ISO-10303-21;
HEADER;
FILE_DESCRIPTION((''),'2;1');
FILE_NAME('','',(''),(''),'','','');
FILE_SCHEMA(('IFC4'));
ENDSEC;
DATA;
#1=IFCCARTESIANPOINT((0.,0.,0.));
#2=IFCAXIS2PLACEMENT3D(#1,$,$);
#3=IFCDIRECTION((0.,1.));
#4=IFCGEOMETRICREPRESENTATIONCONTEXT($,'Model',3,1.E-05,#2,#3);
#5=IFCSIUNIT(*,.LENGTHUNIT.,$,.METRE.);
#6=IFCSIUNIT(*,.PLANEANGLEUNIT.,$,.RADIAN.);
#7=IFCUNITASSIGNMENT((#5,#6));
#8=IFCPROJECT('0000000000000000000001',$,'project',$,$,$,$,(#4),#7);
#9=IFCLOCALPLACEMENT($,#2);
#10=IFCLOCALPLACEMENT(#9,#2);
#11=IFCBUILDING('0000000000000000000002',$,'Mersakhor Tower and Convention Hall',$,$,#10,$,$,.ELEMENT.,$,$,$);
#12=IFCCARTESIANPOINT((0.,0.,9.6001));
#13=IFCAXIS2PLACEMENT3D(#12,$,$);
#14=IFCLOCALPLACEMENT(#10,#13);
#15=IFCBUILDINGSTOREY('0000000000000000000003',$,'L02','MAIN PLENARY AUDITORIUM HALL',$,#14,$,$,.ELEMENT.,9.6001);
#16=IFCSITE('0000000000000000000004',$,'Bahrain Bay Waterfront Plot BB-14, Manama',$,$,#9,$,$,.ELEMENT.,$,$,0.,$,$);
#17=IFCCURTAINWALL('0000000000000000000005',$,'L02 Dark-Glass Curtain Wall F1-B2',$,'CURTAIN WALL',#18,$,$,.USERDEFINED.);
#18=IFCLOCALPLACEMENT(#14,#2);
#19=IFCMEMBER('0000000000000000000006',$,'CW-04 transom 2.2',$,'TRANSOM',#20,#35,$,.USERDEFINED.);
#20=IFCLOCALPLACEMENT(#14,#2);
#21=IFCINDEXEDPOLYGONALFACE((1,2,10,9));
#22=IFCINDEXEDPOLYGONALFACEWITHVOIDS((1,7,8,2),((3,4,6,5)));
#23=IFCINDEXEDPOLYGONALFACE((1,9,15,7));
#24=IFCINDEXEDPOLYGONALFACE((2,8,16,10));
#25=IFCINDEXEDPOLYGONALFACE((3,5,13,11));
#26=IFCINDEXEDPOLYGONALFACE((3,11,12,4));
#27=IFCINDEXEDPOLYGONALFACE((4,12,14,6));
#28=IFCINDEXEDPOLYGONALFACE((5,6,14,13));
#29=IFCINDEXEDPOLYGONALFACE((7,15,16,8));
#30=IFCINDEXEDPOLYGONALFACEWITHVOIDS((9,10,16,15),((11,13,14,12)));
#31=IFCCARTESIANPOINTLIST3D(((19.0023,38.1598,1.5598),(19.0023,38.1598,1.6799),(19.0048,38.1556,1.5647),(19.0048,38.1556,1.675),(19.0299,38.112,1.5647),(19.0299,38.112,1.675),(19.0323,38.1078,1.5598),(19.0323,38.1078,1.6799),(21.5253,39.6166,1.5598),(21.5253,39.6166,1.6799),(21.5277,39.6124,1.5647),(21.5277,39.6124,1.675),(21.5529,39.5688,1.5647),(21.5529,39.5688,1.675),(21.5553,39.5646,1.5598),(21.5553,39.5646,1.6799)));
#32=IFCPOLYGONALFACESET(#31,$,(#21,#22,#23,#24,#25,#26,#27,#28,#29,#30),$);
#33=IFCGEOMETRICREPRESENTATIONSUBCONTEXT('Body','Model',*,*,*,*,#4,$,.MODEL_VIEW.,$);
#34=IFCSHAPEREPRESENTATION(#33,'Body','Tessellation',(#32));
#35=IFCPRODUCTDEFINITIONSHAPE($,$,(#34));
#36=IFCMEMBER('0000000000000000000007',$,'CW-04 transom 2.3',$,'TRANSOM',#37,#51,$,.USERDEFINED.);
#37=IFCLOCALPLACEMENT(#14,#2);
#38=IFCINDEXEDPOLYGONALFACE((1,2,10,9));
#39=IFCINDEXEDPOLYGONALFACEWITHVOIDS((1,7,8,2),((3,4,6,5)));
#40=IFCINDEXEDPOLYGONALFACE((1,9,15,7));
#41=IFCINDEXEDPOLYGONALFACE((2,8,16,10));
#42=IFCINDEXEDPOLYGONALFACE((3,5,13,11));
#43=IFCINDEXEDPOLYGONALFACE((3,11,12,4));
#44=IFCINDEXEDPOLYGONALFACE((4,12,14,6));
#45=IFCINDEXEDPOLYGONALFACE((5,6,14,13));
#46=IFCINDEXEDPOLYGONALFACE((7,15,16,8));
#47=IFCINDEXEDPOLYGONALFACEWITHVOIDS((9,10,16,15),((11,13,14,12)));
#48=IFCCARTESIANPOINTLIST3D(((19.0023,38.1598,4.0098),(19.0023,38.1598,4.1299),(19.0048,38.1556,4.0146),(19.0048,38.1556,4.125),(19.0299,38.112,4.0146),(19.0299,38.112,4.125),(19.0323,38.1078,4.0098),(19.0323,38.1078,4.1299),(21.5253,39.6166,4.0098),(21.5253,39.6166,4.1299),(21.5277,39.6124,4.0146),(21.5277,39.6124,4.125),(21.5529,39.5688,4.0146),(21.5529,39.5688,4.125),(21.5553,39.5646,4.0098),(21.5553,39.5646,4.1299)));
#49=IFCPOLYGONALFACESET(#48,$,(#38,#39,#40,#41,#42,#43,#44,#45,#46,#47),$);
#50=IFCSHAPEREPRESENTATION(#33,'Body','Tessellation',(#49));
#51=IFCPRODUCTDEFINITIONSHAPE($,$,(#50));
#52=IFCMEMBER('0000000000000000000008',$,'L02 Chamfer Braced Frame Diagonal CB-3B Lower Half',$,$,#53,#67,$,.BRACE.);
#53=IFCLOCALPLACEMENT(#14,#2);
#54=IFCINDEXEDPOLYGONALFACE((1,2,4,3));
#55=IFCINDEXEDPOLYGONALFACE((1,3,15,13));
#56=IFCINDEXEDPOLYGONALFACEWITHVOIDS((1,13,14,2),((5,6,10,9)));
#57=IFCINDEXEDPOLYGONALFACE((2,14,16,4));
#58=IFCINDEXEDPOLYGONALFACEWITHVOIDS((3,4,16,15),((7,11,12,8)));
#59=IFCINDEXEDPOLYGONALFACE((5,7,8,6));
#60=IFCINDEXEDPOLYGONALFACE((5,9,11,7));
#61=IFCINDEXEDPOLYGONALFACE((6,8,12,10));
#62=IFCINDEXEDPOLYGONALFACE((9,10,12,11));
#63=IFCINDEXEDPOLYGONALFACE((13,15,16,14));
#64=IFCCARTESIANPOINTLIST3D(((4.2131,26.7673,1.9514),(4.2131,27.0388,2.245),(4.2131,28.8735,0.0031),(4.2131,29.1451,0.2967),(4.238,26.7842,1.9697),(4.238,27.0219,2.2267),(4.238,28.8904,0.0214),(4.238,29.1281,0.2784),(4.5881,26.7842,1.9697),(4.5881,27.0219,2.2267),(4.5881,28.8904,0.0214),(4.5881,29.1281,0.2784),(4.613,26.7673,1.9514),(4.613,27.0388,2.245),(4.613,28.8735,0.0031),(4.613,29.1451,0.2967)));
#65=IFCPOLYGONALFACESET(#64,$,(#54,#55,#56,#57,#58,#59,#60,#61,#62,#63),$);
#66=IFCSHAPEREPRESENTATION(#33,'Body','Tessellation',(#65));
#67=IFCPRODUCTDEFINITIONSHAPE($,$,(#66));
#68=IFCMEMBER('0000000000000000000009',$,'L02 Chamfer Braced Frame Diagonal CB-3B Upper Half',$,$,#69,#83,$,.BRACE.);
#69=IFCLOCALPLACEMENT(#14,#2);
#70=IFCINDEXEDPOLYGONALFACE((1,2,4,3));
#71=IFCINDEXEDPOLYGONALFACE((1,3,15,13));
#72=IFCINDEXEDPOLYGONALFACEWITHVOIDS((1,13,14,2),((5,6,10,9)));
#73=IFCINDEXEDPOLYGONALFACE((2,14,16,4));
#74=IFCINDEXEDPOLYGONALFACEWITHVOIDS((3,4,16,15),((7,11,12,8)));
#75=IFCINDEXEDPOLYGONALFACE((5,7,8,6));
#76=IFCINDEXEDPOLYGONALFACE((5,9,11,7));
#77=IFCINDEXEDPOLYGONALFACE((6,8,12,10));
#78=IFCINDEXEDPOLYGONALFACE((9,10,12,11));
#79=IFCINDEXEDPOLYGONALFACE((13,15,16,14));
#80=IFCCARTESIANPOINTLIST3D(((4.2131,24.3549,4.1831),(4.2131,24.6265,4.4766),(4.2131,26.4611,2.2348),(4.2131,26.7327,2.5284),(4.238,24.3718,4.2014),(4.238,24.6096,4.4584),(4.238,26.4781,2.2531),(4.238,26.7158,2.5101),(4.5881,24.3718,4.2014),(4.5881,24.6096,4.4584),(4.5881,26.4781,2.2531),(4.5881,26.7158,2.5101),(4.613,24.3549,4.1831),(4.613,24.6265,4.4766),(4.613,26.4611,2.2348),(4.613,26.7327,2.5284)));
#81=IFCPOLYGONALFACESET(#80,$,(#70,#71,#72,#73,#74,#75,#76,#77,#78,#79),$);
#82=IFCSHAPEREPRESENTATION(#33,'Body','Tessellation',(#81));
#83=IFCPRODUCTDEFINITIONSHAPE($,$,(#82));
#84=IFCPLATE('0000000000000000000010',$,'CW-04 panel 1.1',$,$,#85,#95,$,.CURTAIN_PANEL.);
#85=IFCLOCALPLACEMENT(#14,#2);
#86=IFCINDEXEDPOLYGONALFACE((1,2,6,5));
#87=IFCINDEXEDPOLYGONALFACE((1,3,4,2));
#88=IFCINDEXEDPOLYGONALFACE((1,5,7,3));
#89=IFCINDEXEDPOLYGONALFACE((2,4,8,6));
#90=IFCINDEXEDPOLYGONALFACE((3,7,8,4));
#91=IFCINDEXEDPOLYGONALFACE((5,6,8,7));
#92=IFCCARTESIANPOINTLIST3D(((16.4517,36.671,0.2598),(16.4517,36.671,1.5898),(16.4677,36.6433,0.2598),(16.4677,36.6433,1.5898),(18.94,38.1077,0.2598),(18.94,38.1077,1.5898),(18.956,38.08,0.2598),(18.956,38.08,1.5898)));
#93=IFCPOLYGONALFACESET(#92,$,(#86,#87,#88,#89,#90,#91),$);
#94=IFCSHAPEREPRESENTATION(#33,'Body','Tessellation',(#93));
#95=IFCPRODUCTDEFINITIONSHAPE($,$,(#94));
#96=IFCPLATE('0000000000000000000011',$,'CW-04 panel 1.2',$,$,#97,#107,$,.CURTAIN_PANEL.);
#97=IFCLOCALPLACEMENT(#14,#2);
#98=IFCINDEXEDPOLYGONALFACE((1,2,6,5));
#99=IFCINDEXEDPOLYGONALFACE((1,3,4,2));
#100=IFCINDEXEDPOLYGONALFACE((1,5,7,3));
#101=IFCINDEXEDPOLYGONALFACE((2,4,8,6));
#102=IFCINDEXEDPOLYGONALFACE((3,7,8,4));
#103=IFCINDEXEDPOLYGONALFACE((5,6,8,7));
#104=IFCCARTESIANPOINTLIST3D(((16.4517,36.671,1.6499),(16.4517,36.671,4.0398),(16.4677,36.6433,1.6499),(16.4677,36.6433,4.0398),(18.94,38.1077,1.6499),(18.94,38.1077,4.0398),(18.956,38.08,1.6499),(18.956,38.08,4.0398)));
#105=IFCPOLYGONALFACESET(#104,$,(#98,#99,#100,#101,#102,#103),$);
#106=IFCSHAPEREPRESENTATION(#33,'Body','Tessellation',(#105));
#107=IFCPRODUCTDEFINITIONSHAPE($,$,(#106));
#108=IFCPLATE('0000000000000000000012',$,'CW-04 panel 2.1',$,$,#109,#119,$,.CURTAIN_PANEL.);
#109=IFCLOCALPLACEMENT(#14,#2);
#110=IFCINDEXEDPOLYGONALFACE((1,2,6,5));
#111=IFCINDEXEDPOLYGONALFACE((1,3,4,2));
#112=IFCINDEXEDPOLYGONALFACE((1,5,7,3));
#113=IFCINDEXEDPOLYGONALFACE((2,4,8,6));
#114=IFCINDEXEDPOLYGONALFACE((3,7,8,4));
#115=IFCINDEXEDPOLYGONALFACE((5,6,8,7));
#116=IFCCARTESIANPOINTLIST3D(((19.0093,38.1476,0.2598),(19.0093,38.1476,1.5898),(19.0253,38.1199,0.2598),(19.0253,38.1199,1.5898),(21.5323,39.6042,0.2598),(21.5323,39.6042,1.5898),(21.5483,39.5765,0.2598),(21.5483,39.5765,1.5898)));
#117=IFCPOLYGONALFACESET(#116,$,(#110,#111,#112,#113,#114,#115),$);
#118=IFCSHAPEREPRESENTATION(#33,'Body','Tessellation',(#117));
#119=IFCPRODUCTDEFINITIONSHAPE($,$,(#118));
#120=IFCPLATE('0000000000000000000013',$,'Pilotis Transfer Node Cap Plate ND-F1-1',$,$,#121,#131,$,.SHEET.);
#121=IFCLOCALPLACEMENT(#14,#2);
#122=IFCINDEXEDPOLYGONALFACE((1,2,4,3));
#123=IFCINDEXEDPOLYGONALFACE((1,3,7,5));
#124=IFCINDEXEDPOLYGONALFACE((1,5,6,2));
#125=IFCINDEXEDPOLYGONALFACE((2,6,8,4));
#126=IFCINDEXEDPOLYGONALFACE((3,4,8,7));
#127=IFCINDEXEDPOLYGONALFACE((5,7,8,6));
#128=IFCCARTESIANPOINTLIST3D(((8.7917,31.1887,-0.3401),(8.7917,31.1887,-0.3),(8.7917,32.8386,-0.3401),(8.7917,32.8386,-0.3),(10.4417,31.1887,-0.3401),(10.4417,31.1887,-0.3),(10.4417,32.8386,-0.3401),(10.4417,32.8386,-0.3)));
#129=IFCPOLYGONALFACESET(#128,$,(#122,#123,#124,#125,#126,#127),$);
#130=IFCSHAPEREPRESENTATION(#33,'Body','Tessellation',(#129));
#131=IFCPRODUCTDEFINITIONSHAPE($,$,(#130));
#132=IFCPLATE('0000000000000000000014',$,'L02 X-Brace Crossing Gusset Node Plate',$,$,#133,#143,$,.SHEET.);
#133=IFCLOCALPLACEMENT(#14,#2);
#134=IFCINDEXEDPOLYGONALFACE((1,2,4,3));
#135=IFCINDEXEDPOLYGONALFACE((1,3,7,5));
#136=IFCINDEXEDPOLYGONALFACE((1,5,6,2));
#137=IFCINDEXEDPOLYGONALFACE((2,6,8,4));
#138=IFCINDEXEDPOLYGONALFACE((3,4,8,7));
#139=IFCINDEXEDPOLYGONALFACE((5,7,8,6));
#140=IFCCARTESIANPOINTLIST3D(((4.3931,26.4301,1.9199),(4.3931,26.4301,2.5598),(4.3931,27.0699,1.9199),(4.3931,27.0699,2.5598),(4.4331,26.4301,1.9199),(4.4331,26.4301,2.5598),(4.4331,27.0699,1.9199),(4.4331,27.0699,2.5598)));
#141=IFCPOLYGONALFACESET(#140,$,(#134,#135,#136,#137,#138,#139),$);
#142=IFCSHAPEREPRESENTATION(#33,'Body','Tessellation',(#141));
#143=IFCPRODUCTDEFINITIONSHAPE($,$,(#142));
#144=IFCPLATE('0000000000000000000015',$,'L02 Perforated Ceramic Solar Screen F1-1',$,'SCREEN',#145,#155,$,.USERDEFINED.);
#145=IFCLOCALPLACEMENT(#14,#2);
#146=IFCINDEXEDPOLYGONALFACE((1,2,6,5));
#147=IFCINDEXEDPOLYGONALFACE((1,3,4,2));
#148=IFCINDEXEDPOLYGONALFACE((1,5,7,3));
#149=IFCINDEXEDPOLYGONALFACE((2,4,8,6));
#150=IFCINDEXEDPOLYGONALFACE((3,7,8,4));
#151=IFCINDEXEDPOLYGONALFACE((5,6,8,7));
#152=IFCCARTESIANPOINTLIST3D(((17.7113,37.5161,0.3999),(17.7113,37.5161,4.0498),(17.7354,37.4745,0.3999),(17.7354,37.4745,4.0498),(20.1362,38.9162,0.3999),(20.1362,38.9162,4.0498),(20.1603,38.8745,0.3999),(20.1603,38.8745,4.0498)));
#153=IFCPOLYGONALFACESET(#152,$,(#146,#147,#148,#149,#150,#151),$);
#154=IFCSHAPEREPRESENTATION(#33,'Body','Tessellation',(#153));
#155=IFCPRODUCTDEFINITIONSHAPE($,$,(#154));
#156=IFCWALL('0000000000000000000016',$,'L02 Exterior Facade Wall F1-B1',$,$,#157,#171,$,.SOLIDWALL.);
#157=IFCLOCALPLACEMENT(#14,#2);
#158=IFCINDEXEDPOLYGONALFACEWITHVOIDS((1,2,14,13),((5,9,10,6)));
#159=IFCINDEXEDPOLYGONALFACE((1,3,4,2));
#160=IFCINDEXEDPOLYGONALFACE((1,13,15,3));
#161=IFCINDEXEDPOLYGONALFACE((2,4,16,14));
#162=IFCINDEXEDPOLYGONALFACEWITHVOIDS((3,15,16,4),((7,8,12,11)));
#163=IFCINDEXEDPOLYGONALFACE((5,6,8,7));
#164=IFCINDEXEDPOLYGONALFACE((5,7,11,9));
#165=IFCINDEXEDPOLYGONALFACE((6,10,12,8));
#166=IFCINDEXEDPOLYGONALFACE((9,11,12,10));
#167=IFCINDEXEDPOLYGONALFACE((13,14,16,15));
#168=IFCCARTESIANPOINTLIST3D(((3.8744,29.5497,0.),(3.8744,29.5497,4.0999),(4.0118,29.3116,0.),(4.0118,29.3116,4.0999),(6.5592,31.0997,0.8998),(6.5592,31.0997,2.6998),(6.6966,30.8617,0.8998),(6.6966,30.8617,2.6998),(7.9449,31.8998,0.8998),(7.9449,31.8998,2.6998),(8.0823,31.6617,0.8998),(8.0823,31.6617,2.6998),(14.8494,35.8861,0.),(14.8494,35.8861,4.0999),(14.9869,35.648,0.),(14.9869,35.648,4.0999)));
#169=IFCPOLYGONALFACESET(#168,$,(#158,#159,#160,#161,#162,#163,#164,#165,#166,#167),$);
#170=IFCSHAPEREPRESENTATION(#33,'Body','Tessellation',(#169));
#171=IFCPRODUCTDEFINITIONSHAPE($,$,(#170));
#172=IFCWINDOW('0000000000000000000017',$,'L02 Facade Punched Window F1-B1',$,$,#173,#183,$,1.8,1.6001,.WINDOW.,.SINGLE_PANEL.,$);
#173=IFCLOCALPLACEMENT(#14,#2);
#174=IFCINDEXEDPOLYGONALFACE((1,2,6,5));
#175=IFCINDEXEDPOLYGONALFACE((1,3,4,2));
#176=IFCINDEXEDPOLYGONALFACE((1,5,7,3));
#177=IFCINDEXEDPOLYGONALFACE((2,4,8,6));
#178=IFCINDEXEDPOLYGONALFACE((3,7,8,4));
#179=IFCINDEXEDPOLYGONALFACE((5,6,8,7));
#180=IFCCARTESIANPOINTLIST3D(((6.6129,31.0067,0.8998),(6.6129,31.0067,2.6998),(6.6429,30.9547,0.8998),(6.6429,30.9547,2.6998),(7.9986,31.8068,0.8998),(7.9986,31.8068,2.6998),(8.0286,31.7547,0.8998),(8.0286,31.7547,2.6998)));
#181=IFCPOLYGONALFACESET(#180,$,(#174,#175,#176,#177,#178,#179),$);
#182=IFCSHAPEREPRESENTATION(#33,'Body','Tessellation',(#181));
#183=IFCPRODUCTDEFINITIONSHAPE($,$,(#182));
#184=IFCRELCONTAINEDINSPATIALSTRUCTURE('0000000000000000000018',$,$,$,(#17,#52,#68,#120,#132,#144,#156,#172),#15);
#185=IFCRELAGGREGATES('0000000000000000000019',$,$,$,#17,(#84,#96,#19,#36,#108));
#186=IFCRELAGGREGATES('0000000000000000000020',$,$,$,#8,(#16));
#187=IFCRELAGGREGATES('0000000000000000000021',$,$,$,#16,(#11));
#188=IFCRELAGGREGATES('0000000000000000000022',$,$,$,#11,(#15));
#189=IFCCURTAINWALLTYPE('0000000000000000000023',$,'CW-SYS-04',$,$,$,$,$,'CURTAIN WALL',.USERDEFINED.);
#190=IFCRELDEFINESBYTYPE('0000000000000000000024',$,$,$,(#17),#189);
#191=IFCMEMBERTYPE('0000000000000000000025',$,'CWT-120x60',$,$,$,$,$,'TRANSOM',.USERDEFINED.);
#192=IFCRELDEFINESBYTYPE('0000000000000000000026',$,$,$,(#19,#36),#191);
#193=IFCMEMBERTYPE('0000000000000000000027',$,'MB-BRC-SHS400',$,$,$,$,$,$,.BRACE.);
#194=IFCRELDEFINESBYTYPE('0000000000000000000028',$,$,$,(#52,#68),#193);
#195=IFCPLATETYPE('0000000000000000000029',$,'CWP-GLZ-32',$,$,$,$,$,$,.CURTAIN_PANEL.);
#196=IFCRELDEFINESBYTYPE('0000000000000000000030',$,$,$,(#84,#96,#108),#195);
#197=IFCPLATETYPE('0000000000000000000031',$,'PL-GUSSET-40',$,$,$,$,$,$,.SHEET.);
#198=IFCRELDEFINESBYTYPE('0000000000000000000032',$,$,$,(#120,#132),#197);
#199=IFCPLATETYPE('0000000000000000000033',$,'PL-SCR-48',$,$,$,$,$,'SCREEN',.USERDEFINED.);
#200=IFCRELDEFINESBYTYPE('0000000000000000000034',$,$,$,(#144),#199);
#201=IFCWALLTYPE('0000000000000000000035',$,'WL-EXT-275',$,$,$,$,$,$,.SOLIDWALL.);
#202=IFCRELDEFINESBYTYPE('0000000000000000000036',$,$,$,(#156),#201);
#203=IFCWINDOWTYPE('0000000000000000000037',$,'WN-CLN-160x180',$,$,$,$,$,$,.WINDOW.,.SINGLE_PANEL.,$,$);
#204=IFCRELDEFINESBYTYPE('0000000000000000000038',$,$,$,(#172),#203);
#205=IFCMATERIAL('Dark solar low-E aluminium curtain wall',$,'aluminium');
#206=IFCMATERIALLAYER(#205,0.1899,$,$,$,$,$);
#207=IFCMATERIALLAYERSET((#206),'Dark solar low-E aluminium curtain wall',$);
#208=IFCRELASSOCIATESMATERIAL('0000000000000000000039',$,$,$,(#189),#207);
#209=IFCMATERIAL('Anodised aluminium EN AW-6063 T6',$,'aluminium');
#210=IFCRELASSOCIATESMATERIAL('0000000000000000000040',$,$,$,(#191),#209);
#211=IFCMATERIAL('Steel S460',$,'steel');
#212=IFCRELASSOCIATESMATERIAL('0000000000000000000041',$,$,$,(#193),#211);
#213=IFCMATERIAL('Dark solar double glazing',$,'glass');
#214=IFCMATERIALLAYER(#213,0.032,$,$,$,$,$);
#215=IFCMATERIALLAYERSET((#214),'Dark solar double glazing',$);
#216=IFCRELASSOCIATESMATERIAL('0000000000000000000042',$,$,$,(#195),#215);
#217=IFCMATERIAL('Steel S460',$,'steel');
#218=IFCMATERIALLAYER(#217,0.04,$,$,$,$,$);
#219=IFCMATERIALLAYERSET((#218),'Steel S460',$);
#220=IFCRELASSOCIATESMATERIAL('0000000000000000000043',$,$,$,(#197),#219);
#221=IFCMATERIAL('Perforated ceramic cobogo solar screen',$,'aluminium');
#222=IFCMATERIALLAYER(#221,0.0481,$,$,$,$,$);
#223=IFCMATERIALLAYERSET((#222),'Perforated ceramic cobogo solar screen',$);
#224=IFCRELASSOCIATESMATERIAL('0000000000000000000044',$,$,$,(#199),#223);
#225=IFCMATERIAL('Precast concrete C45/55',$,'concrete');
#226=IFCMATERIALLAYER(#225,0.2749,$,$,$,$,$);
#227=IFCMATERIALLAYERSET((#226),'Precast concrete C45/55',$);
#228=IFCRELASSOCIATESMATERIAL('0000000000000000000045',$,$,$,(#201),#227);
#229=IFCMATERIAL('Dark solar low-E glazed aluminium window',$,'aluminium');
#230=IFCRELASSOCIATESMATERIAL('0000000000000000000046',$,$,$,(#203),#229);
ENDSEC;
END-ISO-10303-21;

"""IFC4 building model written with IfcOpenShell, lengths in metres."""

from ifc_helpers import new_model, si_unit, direction, frame, frame_2d, origin, origin_2d, place, context, subcontext, project, spatial, rectangle, hollow_rectangle, extrude, material, layer, layer_set, material_profile, profile_set, type_object, element, fill, aggregate, save


model = new_model("IFC4")

# Units and contexts
model_context = context("Model", 3, precision=1e-05, world=origin(), true_north=direction((0.0, 1.0)))
body_context = subcontext(model_context, "Body", "Model", "MODEL_VIEW")
ifc_project = project(units=[si_unit("LENGTHUNIT", "METRE"), si_unit("PLANEANGLEUNIT", "RADIAN")], contexts=[model_context])

# Site, building, storey
site_placement = place(None, origin())
site = spatial("IfcSite", under=ifc_project, at=site_placement, Name="Bahrain Bay Waterfront Plot BB-14, Manama", CompositionType="ELEMENT", RefElevation=0.0)
building_placement = place(site_placement, origin())
building = spatial("IfcBuilding", under=site, at=building_placement, Name="Mersakhor Tower and Convention Hall", CompositionType="ELEMENT")
storey_placement = place(building_placement, frame((0.0, 0.0, 9.6001)))
storey = spatial("IfcBuildingStorey", under=building, at=storey_placement, Name="L02", Description="MAIN PLENARY AUDITORIUM HALL", CompositionType="ELEMENT", Elevation=9.6001)

# Curtain wall, members
ifc_material_1 = material(Name="Dark solar low-E aluminium curtain wall", Category="aluminium")
ifc_layer_1 = layer(ifc_material_1, 0.1899)
ifc_layer_set_1 = layer_set([ifc_layer_1], Name="Dark solar low-E aluminium curtain wall")
curtain_wall_type = type_object("IfcCurtainWallType", Name="CW-SYS-04", ElementType="CURTAIN WALL", PredefinedType="USERDEFINED", material=ifc_layer_set_1)
curtain_wall_placement = place(storey_placement, origin())
curtain_wall = element("IfcCurtainWall", 1, at=curtain_wall_placement, inside=storey, type_object=curtain_wall_type, Name="L02 Dark-Glass Curtain Wall F1-B2", ObjectType="CURTAIN WALL", PredefinedType="USERDEFINED")
ifc_material_2 = material(Name="Anodised aluminium EN AW-6063 T6", Category="aluminium")
ifc_material_profile_1 = material_profile(ifc_material_2, hollow_rectangle(XDim=0.0601, YDim=0.1201, WallThickness=0.0049, at=origin_2d()), Name="RHS 120x60x5")
ifc_profile_set_1 = profile_set([ifc_material_profile_1], Name="Anodised aluminium EN AW-6063 T6")
member_type_1 = type_object("IfcMemberType", Name="CWT-120x60", ElementType="TRANSOM", PredefinedType="USERDEFINED", material=ifc_profile_set_1)
member_1_placement = place(storey_placement, frame((19.0173, 38.1338, 1.6199), z_axis=(0.866001, 0.500042, 0.0), x_axis=(-0.500042, 0.866001, 0.0)))
member_1 = element("IfcMember", 2, at=member_1_placement, type_object=member_type_1, Name="CW-04 transom 2.2", ObjectType="TRANSOM", PredefinedType="USERDEFINED", context=body_context, shape_type="SweptSolid", body=[
    extrude(hollow_rectangle(XDim=0.0601, YDim=0.1201, WallThickness=0.0049, at=origin_2d()), origin(), (0.0, 0.0, 1.0), 2.9133),
])
member_2_placement = place(storey_placement, frame((19.0173, 38.1338, 4.0698), z_axis=(0.866001, 0.500042, 0.0), x_axis=(-0.500042, 0.866001, 0.0)))
member_2 = element("IfcMember", 3, at=member_2_placement, type_object=member_type_1, Name="CW-04 transom 2.3", ObjectType="TRANSOM", PredefinedType="USERDEFINED", context=body_context, shape_type="SweptSolid", body=[
    extrude(hollow_rectangle(XDim=0.0601, YDim=0.1201, WallThickness=0.0049, at=origin_2d()), origin(), (0.0, 0.0, 1.0), 2.9133),
])

# Members
ifc_material_3 = material(Name="Steel S460", Category="steel")
ifc_material_profile_2 = material_profile(ifc_material_3, hollow_rectangle(XDim=0.3999, YDim=0.3999, WallThickness=0.0249, at=origin_2d()), Name="SHS 400x400x25")
ifc_profile_set_2 = profile_set([ifc_material_profile_2], Name="Steel S460")
member_type_2 = type_object("IfcMemberType", Name="MB-BRC-SHS400", PredefinedType="BRACE", material=ifc_profile_set_2)
for number, where, z_axis, x_axis, name in (
    (4, (4.4131, 29.0093, 0.1499), (0.0, -0.734098, 0.679043), (1.0, 0.0, 0.0), "L02 Chamfer Braced Frame Diagonal CB-3B Lower Half"),
    (5, (4.4131, 26.5969, 2.3816), (0.0, -0.734098, 0.679043), (1.0, 0.0, 0.0), "L02 Chamfer Braced Frame Diagonal CB-3B Upper Half"),
):
    element("IfcMember", number, at=place(storey_placement, frame(where, z_axis=z_axis, x_axis=x_axis)), inside=storey, type_object=member_type_2, Name=name, PredefinedType="BRACE", context=body_context, shape_type="SweptSolid", body=[
        extrude(hollow_rectangle(XDim=0.3999, YDim=0.3999, WallThickness=0.0249, at=origin_2d()), origin(), (0.0, 0.0, 1.0), 2.8691),
    ])

# Plates
ifc_material_4 = material(Name="Dark solar double glazing", Category="glass")
ifc_layer_2 = layer(ifc_material_4, 0.032)
ifc_layer_set_2 = layer_set([ifc_layer_2], Name="Dark solar double glazing")
plate_type_1 = type_object("IfcPlateType", Name="CWP-GLZ-32", PredefinedType="CURTAIN_PANEL", material=ifc_layer_set_2)
plate_1_placement = place(storey_placement, frame((17.7039, 37.3755, 0.2598), z_axis=(0.0, 0.0, 1.0), x_axis=(0.866023, 0.500003, 0.0)))
plate_1 = element("IfcPlate", 6, at=plate_1_placement, type_object=plate_type_1, Name="CW-04 panel 1.1", PredefinedType="CURTAIN_PANEL", context=body_context, shape_type="SweptSolid", body=[
    extrude(rectangle(XDim=2.8733, YDim=0.032, at=origin_2d()), origin(), (0.0, 0.0, 1.0), 1.3301),
])
plate_2_placement = place(storey_placement, frame((17.7039, 37.3755, 1.6499), z_axis=(0.0, 0.0, 1.0), x_axis=(0.866023, 0.500003, 0.0)))
plate_2 = element("IfcPlate", 7, at=plate_2_placement, type_object=plate_type_1, Name="CW-04 panel 1.2", PredefinedType="CURTAIN_PANEL", context=body_context, shape_type="SweptSolid", body=[
    extrude(rectangle(XDim=2.8733, YDim=0.032, at=origin_2d()), origin(), (0.0, 0.0, 1.0), 2.3899),
])
plate_3_placement = place(storey_placement, frame((20.2788, 38.8621, 0.2598), z_axis=(0.0, 0.0, 1.0), x_axis=(0.866023, 0.500003, 0.0)))
plate_3 = element("IfcPlate", 8, at=plate_3_placement, type_object=plate_type_1, Name="CW-04 panel 2.1", PredefinedType="CURTAIN_PANEL", context=body_context, shape_type="SweptSolid", body=[
    extrude(rectangle(XDim=2.9133, YDim=0.032, at=origin_2d()), origin(), (0.0, 0.0, 1.0), 1.3301),
])
aggregate(curtain_wall, [plate_1, plate_2, member_1, member_2, plate_3])

# Plates
ifc_material_5 = material(Name="Steel S460", Category="steel")
ifc_layer_3 = layer(ifc_material_5, 0.04)
ifc_layer_set_3 = layer_set([ifc_layer_3], Name="Steel S460")
plate_type_2 = type_object("IfcPlateType", Name="PL-GUSSET-40", PredefinedType="SHEET", material=ifc_layer_set_3)
plate_4_placement = place(storey_placement, frame((9.6167, 32.0137, -0.3401), z_axis=(0.0, 0.0, 1.0), x_axis=(1.0, 0.0, 0.0)))
element("IfcPlate", 9, at=plate_4_placement, inside=storey, type_object=plate_type_2, Name="Pilotis Transfer Node Cap Plate ND-F1-1", PredefinedType="SHEET", context=body_context, shape_type="SweptSolid", body=[
    extrude(rectangle(XDim=1.6499, YDim=1.6499, at=origin_2d()), origin(), (0.0, 0.0, 1.0), 0.04),
])
plate_5_placement = place(storey_placement, frame((4.4131, 26.75, 1.9199), z_axis=(0.0, 0.0, 1.0), x_axis=(0.0, -1.0, 0.0)))
element("IfcPlate", 10, at=plate_5_placement, inside=storey, type_object=plate_type_2, Name="L02 X-Brace Crossing Gusset Node Plate", PredefinedType="SHEET", context=body_context, shape_type="SweptSolid", body=[
    extrude(rectangle(XDim=0.6399, YDim=0.04, at=origin_2d()), origin(), (0.0, 0.0, 1.0), 0.6399),
])
ifc_material_6 = material(Name="Perforated ceramic cobogo solar screen", Category="aluminium")
ifc_layer_4 = layer(ifc_material_6, 0.0481)
ifc_layer_set_4 = layer_set([ifc_layer_4], Name="Perforated ceramic cobogo solar screen")
plate_type_3 = type_object("IfcPlateType", Name="PL-SCR-48", ElementType="SCREEN", PredefinedType="USERDEFINED", material=ifc_layer_set_4)
plate_6_placement = place(storey_placement, frame((18.9358, 38.1953, 0.3999), z_axis=(0.0, 0.0, 1.0), x_axis=(0.866025, 0.5, 0.0)))
element("IfcPlate", 11, at=plate_6_placement, inside=storey, type_object=plate_type_3, Name="L02 Perforated Ceramic Solar Screen F1-1", ObjectType="SCREEN", PredefinedType="USERDEFINED", context=body_context, shape_type="SweptSolid", body=[
    extrude(rectangle(XDim=2.8, YDim=0.0481, at=origin_2d()), origin(), (0.0, 0.0, 1.0), 3.6499),
])

# Wall, opening, window
ifc_material_7 = material(Name="Precast concrete C45/55", Category="concrete")
ifc_layer_5 = layer(ifc_material_7, 0.2749)
ifc_layer_set_5 = layer_set([ifc_layer_5], Name="Precast concrete C45/55")
wall_type_1 = type_object("IfcWallType", Name="WL-EXT-275", PredefinedType="SOLIDWALL", material=ifc_layer_set_5)
wall_1_placement = place(storey_placement, frame((3.9431, 29.4307, 0.0), z_axis=(0.0, 0.0, 1.0), x_axis=(0.866027, 0.499997, 0.0)))
wall_1 = element("IfcWall", 12, at=wall_1_placement, inside=storey, type_object=wall_type_1, Name="L02 Exterior Facade Wall F1-B1", PredefinedType="SOLIDWALL", context=body_context, shape_type="SweptSolid", body=[
    extrude(rectangle(XDim=12.6729, YDim=0.2749, at=frame_2d((6.3364, 0.0))), origin(), (0.0, 0.0, 1.0), 4.0999),
])
opening_1_placement = place(wall_1_placement, frame((3.1001, 0.0, 0.8999)))
opening_1 = element("IfcOpeningElement", 13, at=opening_1_placement, cuts=wall_1, PredefinedType="OPENING", context=body_context, shape_type="SweptSolid", body=[
    extrude(rectangle(XDim=1.6001, YDim=1.8, at=frame_2d((0.8, 0.8999))), frame((0.0, 0.1475, 0.0), z_axis=(0.0, -1.0, 0.0), x_axis=(1.0, 0.0, 0.0)), (0.0, 0.0, 1.0), 0.2949),
])
ifc_material_8 = material(Name="Dark solar low-E glazed aluminium window", Category="aluminium")
window_type = type_object("IfcWindowType", Name="WN-CLN-160x180", PartitioningType="SINGLE_PANEL", PredefinedType="WINDOW", material=ifc_material_8)
window_placement = place(opening_1_placement, origin())
window = element("IfcWindow", 14, at=window_placement, inside=storey, type_object=window_type, Name="L02 Facade Punched Window F1-B1", OverallHeight=1.8, OverallWidth=1.6001, PartitioningType="SINGLE_PANEL", PredefinedType="WINDOW", context=body_context, shape_type="SweptSolid", body=[
    extrude(rectangle(XDim=1.6001, YDim=1.8, at=frame_2d((0.8, 0.8999))), frame((0.0, 0.03, 0.0), z_axis=(0.0, -1.0, 0.0), x_axis=(1.0, 0.0, 0.0)), (0.0, 0.0, 1.0), 0.0601),
])
fill(opening_1, window)

save(model, "model.ifc")
